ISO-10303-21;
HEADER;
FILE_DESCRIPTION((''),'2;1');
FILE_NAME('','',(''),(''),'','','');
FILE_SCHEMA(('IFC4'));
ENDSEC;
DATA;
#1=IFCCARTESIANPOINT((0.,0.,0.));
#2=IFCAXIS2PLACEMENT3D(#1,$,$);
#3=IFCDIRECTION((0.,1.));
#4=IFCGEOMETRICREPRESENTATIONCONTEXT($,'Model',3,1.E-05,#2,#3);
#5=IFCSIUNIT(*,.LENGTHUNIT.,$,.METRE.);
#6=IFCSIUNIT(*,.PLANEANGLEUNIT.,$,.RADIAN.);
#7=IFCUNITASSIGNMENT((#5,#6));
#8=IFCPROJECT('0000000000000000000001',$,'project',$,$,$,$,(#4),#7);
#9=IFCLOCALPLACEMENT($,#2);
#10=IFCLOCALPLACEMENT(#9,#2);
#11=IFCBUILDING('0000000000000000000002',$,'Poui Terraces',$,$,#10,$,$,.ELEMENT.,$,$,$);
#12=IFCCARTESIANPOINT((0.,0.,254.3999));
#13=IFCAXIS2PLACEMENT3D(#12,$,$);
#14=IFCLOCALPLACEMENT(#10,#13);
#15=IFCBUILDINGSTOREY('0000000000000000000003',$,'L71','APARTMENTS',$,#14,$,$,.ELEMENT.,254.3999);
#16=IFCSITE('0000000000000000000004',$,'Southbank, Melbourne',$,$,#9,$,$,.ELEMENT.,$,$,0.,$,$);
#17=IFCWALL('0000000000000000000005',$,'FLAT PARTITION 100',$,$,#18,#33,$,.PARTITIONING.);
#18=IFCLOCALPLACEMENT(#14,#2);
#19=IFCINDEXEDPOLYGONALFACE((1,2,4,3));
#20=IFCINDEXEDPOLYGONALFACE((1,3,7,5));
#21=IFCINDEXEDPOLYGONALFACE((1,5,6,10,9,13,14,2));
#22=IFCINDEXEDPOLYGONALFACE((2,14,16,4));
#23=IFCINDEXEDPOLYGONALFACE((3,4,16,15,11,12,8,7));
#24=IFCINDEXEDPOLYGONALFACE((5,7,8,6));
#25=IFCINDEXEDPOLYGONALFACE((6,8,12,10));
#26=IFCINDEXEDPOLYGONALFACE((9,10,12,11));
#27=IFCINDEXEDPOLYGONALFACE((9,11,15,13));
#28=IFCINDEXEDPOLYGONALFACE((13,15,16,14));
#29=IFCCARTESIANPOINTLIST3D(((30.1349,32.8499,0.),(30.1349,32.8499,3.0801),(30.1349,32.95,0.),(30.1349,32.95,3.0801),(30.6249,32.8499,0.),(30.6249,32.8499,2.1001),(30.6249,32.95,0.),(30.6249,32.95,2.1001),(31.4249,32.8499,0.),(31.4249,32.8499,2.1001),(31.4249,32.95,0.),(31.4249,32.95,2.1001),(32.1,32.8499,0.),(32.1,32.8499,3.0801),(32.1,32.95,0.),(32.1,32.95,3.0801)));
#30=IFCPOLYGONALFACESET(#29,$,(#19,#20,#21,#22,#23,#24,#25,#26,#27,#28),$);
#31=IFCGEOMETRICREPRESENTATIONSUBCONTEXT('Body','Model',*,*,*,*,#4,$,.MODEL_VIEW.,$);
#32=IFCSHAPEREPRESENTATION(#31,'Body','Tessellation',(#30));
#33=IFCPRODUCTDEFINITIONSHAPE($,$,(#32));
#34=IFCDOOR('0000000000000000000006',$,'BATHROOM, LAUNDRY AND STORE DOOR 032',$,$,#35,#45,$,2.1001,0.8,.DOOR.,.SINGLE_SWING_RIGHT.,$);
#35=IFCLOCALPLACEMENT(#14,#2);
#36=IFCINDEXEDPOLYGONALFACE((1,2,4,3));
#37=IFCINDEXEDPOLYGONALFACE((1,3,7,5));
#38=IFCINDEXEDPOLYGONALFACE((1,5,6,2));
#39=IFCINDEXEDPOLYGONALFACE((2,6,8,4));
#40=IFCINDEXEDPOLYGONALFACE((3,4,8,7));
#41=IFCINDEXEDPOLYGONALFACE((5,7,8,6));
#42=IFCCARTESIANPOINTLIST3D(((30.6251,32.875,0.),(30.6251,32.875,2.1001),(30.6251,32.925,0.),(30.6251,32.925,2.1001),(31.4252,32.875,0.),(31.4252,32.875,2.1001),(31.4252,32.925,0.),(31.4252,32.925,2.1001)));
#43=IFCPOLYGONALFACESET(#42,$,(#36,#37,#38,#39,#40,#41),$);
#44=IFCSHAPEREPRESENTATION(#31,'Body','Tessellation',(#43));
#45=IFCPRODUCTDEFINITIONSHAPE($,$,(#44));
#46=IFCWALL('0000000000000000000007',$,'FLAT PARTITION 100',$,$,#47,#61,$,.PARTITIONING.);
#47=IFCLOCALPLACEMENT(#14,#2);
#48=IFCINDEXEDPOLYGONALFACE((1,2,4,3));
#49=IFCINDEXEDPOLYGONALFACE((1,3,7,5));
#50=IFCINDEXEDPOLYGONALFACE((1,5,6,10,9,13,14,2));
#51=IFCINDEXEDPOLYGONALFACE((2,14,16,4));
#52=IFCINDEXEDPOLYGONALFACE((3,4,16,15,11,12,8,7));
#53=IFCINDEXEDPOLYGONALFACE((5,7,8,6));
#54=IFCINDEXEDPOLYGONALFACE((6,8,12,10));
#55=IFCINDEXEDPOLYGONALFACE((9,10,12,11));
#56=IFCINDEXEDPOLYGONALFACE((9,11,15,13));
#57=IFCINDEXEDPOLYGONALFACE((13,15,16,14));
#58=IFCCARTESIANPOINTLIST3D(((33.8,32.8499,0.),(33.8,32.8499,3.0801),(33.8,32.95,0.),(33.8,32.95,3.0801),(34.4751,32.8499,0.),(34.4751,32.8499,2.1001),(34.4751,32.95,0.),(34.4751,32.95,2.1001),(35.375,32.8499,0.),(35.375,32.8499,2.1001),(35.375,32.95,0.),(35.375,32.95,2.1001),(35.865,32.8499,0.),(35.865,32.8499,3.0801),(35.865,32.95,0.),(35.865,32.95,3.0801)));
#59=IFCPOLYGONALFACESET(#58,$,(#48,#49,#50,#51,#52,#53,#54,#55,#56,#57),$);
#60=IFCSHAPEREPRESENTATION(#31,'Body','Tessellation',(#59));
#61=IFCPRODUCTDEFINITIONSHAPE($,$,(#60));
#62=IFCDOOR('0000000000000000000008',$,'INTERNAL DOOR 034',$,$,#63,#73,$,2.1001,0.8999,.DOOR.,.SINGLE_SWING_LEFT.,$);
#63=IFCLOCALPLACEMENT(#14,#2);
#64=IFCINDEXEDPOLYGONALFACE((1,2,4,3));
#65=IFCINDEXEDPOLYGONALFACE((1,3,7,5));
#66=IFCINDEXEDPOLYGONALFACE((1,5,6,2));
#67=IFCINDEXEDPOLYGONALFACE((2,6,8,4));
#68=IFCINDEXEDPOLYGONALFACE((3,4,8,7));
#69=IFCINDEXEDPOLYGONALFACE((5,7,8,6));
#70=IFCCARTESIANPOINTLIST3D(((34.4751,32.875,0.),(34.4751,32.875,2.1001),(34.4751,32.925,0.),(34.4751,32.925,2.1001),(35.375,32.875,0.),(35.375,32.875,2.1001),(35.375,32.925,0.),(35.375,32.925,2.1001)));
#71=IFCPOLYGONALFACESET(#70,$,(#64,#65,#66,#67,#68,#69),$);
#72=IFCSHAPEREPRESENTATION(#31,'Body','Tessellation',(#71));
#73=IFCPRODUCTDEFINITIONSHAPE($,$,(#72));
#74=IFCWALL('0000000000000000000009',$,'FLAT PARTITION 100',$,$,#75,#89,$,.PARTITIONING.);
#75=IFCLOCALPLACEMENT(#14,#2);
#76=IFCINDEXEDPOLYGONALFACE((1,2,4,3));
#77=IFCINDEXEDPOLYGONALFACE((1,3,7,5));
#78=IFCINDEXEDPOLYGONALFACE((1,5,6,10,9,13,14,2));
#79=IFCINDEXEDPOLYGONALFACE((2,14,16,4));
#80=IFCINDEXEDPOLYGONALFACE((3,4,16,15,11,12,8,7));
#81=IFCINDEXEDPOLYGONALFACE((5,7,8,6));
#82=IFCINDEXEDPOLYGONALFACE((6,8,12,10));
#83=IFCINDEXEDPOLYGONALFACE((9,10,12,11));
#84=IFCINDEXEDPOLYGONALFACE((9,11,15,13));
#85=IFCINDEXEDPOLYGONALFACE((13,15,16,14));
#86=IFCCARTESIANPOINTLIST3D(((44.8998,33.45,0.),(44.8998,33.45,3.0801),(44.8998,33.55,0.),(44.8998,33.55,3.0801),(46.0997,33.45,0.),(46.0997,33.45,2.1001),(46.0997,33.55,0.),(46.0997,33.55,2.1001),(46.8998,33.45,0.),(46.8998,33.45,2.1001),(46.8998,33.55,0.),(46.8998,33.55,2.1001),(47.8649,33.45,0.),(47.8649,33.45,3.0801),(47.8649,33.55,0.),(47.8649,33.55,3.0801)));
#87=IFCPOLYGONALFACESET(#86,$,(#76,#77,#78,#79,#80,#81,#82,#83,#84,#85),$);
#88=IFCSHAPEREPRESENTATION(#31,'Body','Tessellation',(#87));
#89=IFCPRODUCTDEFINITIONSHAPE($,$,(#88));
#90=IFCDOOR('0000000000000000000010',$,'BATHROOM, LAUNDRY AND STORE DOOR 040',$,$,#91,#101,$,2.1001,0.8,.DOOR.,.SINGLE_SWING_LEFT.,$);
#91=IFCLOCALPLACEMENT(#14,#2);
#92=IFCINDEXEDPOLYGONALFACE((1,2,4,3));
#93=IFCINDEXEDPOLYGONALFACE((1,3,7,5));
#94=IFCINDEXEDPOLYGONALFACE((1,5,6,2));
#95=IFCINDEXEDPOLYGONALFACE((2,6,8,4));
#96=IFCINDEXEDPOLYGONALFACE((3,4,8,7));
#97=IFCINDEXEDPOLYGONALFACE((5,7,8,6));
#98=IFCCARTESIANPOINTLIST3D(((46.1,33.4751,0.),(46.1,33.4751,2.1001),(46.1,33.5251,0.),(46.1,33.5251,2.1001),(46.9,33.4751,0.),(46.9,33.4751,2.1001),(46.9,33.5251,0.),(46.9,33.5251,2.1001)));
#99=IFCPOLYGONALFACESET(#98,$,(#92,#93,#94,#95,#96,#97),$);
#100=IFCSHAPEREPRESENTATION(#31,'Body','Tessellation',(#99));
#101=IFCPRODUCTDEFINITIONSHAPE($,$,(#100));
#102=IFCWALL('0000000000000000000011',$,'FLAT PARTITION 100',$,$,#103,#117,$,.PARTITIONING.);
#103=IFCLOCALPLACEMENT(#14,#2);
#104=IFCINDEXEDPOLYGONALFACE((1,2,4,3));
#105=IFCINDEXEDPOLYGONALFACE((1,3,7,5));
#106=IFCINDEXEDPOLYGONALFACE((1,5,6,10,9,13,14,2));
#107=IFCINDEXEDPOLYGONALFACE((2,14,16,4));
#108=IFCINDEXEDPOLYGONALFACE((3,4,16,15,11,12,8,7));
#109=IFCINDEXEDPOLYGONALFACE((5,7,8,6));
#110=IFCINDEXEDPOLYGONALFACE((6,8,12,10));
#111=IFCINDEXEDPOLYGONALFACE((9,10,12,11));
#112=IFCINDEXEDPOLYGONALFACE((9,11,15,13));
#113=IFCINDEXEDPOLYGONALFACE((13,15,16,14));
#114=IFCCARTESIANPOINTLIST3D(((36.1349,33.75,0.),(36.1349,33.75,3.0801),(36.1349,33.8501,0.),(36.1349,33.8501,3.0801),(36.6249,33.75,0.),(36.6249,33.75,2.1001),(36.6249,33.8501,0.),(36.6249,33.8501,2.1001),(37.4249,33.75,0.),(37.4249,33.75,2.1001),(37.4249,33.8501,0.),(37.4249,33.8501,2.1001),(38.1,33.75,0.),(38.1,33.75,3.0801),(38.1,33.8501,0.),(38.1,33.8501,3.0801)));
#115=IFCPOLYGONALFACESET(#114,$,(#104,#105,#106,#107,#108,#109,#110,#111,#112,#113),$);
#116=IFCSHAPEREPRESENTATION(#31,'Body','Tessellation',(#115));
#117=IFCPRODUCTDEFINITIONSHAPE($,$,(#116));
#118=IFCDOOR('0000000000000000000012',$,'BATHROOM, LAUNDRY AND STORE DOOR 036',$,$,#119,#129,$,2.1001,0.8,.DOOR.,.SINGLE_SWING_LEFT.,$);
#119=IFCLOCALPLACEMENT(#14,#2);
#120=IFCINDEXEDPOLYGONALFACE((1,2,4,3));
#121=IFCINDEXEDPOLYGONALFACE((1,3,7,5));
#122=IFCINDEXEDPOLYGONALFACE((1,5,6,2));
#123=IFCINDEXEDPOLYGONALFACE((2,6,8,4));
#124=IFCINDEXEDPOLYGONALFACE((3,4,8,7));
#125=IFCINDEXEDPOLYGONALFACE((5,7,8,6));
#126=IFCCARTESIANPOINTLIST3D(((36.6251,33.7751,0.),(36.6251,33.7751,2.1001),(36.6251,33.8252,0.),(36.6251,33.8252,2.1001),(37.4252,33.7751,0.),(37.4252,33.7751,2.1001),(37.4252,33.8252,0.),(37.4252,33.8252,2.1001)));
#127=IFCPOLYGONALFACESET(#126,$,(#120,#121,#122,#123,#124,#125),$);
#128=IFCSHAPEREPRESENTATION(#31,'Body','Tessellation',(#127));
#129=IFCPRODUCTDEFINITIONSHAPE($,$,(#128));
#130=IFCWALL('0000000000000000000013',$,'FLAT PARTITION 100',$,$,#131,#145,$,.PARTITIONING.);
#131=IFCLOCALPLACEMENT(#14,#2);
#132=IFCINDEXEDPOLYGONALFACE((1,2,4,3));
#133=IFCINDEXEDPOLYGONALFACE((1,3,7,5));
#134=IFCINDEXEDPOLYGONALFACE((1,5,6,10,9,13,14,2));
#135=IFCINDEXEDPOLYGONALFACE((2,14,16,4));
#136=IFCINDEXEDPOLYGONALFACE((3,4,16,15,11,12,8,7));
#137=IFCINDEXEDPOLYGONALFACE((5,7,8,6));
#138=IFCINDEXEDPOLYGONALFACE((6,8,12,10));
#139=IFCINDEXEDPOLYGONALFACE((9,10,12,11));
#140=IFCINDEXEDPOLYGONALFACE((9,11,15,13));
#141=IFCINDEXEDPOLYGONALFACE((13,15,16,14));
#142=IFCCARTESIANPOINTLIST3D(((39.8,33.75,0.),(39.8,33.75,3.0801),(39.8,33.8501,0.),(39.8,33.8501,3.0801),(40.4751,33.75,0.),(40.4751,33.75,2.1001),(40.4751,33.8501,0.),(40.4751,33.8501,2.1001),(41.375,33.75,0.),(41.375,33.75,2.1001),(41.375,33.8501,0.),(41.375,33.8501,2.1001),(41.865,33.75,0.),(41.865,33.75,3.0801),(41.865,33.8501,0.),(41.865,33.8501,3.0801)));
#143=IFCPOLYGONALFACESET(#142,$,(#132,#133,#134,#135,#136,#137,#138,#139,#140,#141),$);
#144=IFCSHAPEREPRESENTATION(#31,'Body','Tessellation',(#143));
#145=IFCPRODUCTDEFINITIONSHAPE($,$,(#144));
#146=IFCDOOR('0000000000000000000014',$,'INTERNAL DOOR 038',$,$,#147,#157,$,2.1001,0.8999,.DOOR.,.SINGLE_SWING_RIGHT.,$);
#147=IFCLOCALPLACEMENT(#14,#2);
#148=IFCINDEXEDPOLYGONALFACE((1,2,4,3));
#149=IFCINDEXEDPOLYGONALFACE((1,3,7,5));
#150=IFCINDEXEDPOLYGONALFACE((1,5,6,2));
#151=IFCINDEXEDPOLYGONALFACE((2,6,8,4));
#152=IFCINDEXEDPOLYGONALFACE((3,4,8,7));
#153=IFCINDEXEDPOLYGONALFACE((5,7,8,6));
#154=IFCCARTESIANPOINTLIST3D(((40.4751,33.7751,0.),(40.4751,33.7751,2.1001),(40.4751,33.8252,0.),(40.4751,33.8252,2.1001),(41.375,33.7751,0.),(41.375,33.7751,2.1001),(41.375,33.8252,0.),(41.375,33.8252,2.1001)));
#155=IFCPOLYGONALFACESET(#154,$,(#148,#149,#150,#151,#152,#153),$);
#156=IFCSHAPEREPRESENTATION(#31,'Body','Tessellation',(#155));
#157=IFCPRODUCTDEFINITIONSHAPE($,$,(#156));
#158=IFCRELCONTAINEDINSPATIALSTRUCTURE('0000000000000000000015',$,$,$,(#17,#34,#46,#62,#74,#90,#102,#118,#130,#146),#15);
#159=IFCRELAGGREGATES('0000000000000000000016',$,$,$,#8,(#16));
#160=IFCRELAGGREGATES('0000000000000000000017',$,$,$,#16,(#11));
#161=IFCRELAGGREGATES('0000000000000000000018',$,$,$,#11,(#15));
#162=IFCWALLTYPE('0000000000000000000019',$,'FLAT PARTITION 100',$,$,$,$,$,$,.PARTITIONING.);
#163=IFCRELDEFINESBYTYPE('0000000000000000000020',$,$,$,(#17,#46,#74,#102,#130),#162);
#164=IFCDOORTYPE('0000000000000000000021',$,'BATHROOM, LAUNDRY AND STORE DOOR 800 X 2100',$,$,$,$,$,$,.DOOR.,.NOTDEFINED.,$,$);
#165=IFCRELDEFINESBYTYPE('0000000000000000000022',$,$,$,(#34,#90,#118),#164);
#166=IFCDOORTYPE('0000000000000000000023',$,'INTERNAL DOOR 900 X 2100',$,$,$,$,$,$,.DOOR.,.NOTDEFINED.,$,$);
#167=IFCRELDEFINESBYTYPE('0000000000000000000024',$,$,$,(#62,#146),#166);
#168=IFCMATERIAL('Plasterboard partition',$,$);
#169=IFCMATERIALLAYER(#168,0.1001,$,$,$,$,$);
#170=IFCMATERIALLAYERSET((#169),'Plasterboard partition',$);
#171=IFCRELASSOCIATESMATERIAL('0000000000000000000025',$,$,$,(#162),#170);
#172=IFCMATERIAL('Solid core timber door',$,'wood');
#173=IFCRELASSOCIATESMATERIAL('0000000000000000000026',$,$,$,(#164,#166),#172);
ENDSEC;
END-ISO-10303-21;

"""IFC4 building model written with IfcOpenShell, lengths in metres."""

from ifc_helpers import new_model, si_unit, direction, frame, frame_2d, origin, place, context, subcontext, project, spatial, rectangle, extrude, material, layer, layer_set, type_object, element, fill, save


model = new_model("IFC4")

# Units and contexts
model_context = context("Model", 3, precision=1e-05, world=origin(), true_north=direction((0.0, 1.0)))
body_context = subcontext(model_context, "Body", "Model", "MODEL_VIEW")
ifc_project = project(units=[si_unit("LENGTHUNIT", "METRE"), si_unit("PLANEANGLEUNIT", "RADIAN")], contexts=[model_context])

# Site, building, storey
site_placement = place(None, origin())
site = spatial("IfcSite", under=ifc_project, at=site_placement, Name="Southbank, Melbourne", CompositionType="ELEMENT", RefElevation=0.0)
building_placement = place(site_placement, origin())
building = spatial("IfcBuilding", under=site, at=building_placement, Name="Poui Terraces", CompositionType="ELEMENT")
storey_placement = place(building_placement, frame((0.0, 0.0, 254.3999)))
storey = spatial("IfcBuildingStorey", under=building, at=storey_placement, Name="L71", Description="APARTMENTS", CompositionType="ELEMENT", Elevation=254.3999)

# Walls, openings, doors
ifc_material_1 = material(Name="Plasterboard partition")
ifc_layer_1 = layer(ifc_material_1, 0.1001)
ifc_layer_set_1 = layer_set([ifc_layer_1], Name="Plasterboard partition")
wall_type_1 = type_object("IfcWallType", Name="FLAT PARTITION 100", PredefinedType="PARTITIONING", material=ifc_layer_set_1)
wall_1_placement = place(storey_placement, frame((30.135, 32.8999, 0.0), z_axis=(0.0, 0.0, 1.0), x_axis=(1.0, 0.0, 0.0)))
wall_1 = element("IfcWall", 1, at=wall_1_placement, inside=storey, type_object=wall_type_1, Name="FLAT PARTITION 100", PredefinedType="PARTITIONING", context=body_context, shape_type="SweptSolid", body=[
    extrude(rectangle(XDim=1.9651, YDim=0.1001, at=frame_2d((0.9824, 0.0))), origin(), (0.0, 0.0, 1.0), 3.0801),
])
opening_1_placement = place(wall_1_placement, frame((0.49, 0.0, 0.0)))
opening_1 = element("IfcOpeningElement", 2, at=opening_1_placement, cuts=wall_1, PredefinedType="OPENING", context=body_context, shape_type="SweptSolid", body=[
    extrude(rectangle(XDim=0.8, YDim=2.1001, at=frame_2d((0.3999, 1.05))), frame((0.0, 0.0601, 0.0), z_axis=(0.0, -1.0, 0.0), x_axis=(1.0, 0.0, 0.0)), (0.0, 0.0, 1.0), 0.1201),
])
ifc_material_2 = material(Name="Solid core timber door", Category="wood")
door_type_1 = type_object("IfcDoorType", Name="BATHROOM, LAUNDRY AND STORE DOOR 800 X 2100", OperationType="NOTDEFINED", PredefinedType="DOOR", material=ifc_material_2)
door_1_placement = place(opening_1_placement, frame((0.8, 0.0, 0.0), z_axis=(0.0, 0.0, 1.0), x_axis=(-1.0, 0.0, 0.0)))
door_1 = element("IfcDoor", 3, at=door_1_placement, inside=storey, type_object=door_type_1, Name="BATHROOM, LAUNDRY AND STORE DOOR 032", OperationType="SINGLE_SWING_RIGHT", OverallHeight=2.1001, OverallWidth=0.8, PredefinedType="DOOR", context=body_context, shape_type="SweptSolid", body=[
    extrude(rectangle(XDim=0.8, YDim=2.1001, at=frame_2d((0.3999, 1.05))), frame((0.0, 0.0249, 0.0), z_axis=(0.0, -1.0, 0.0), x_axis=(1.0, 0.0, 0.0)), (0.0, 0.0, 1.0), 0.05),
])
fill(opening_1, door_1)
wall_2_placement = place(storey_placement, frame((33.8, 32.8999, 0.0), z_axis=(0.0, 0.0, 1.0), x_axis=(1.0, 0.0, 0.0)))
wall_2 = element("IfcWall", 4, at=wall_2_placement, inside=storey, type_object=wall_type_1, Name="FLAT PARTITION 100", PredefinedType="PARTITIONING", context=body_context, shape_type="SweptSolid", body=[
    extrude(rectangle(XDim=2.0649, YDim=0.1001, at=frame_2d((1.0325, 0.0))), origin(), (0.0, 0.0, 1.0), 3.0801),
])
opening_2_placement = place(wall_2_placement, frame((0.675, 0.0, 0.0)))
opening_2 = element("IfcOpeningElement", 5, at=opening_2_placement, cuts=wall_2, PredefinedType="OPENING", context=body_context, shape_type="SweptSolid", body=[
    extrude(rectangle(XDim=0.8999, YDim=2.1001, at=frame_2d((0.45, 1.05))), frame((0.0, 0.0601, 0.0), z_axis=(0.0, -1.0, 0.0), x_axis=(1.0, 0.0, 0.0)), (0.0, 0.0, 1.0), 0.1201),
])
door_type_2 = type_object("IfcDoorType", Name="INTERNAL DOOR 900 X 2100", OperationType="NOTDEFINED", PredefinedType="DOOR", material=ifc_material_2)
door_2_placement = place(opening_2_placement, frame((0.8999, 0.0, 0.0), z_axis=(0.0, 0.0, 1.0), x_axis=(-1.0, 0.0, 0.0)))
door_2 = element("IfcDoor", 6, at=door_2_placement, inside=storey, type_object=door_type_2, Name="INTERNAL DOOR 034", OperationType="SINGLE_SWING_LEFT", OverallHeight=2.1001, OverallWidth=0.8999, PredefinedType="DOOR", context=body_context, shape_type="SweptSolid", body=[
    extrude(rectangle(XDim=0.8999, YDim=2.1001, at=frame_2d((0.45, 1.05))), frame((0.0, 0.0249, 0.0), z_axis=(0.0, -1.0, 0.0), x_axis=(1.0, 0.0, 0.0)), (0.0, 0.0, 1.0), 0.05),
])
fill(opening_2, door_2)
wall_3_placement = place(storey_placement, frame((44.8999, 33.5, 0.0), z_axis=(0.0, 0.0, 1.0), x_axis=(1.0, 0.0, 0.0)))
wall_3 = element("IfcWall", 7, at=wall_3_placement, inside=storey, type_object=wall_type_1, Name="FLAT PARTITION 100", PredefinedType="PARTITIONING", context=body_context, shape_type="SweptSolid", body=[
    extrude(rectangle(XDim=2.9651, YDim=0.1001, at=frame_2d((1.4824, 0.0))), origin(), (0.0, 0.0, 1.0), 3.0801),
])
opening_3_placement = place(wall_3_placement, frame((1.2, 0.0, 0.0)))
opening_3 = element("IfcOpeningElement", 8, at=opening_3_placement, cuts=wall_3, PredefinedType="OPENING", context=body_context, shape_type="SweptSolid", body=[
    extrude(rectangle(XDim=0.8, YDim=2.1001, at=frame_2d((0.3999, 1.05))), frame((0.0, 0.0601, 0.0), z_axis=(0.0, -1.0, 0.0), x_axis=(1.0, 0.0, 0.0)), (0.0, 0.0, 1.0), 0.1201),
])
door_3_placement = place(opening_3_placement, frame((0.8, 0.0, 0.0), z_axis=(0.0, 0.0, 1.0), x_axis=(-1.0, 0.0, 0.0)))
door_3 = element("IfcDoor", 9, at=door_3_placement, inside=storey, type_object=door_type_1, Name="BATHROOM, LAUNDRY AND STORE DOOR 040", OperationType="SINGLE_SWING_LEFT", OverallHeight=2.1001, OverallWidth=0.8, PredefinedType="DOOR", context=body_context, shape_type="SweptSolid", body=[
    extrude(rectangle(XDim=0.8, YDim=2.1001, at=frame_2d((0.3999, 1.05))), frame((0.0, 0.0249, 0.0), z_axis=(0.0, -1.0, 0.0), x_axis=(1.0, 0.0, 0.0)), (0.0, 0.0, 1.0), 0.05),
])
fill(opening_3, door_3)
wall_4_placement = place(storey_placement, frame((36.135, 33.8, 0.0), z_axis=(0.0, 0.0, 1.0), x_axis=(1.0, 0.0, 0.0)))
wall_4 = element("IfcWall", 10, at=wall_4_placement, inside=storey, type_object=wall_type_1, Name="FLAT PARTITION 100", PredefinedType="PARTITIONING", context=body_context, shape_type="SweptSolid", body=[
    extrude(rectangle(XDim=1.9651, YDim=0.1001, at=frame_2d((0.9824, 0.0))), origin(), (0.0, 0.0, 1.0), 3.0801),
])
opening_4_placement = place(wall_4_placement, frame((0.49, 0.0, 0.0)))
opening_4 = element("IfcOpeningElement", 11, at=opening_4_placement, cuts=wall_4, PredefinedType="OPENING", context=body_context, shape_type="SweptSolid", body=[
    extrude(rectangle(XDim=0.8, YDim=2.1001, at=frame_2d((0.3999, 1.05))), frame((0.0, 0.0601, 0.0), z_axis=(0.0, -1.0, 0.0), x_axis=(1.0, 0.0, 0.0)), (0.0, 0.0, 1.0), 0.1201),
])
door_4_placement = place(opening_4_placement, frame((0.8, 0.0, 0.0), z_axis=(0.0, 0.0, 1.0), x_axis=(-1.0, 0.0, 0.0)))
door_4 = element("IfcDoor", 12, at=door_4_placement, inside=storey, type_object=door_type_1, Name="BATHROOM, LAUNDRY AND STORE DOOR 036", OperationType="SINGLE_SWING_LEFT", OverallHeight=2.1001, OverallWidth=0.8, PredefinedType="DOOR", context=body_context, shape_type="SweptSolid", body=[
    extrude(rectangle(XDim=0.8, YDim=2.1001, at=frame_2d((0.3999, 1.05))), frame((0.0, 0.0249, 0.0), z_axis=(0.0, -1.0, 0.0), x_axis=(1.0, 0.0, 0.0)), (0.0, 0.0, 1.0), 0.05),
])
fill(opening_4, door_4)
wall_5_placement = place(storey_placement, frame((39.8, 33.8, 0.0), z_axis=(0.0, 0.0, 1.0), x_axis=(1.0, 0.0, 0.0)))
wall_5 = element("IfcWall", 13, at=wall_5_placement, inside=storey, type_object=wall_type_1, Name="FLAT PARTITION 100", PredefinedType="PARTITIONING", context=body_context, shape_type="SweptSolid", body=[
    extrude(rectangle(XDim=2.0649, YDim=0.1001, at=frame_2d((1.0325, 0.0))), origin(), (0.0, 0.0, 1.0), 3.0801),
])
opening_5_placement = place(wall_5_placement, frame((0.675, 0.0, 0.0)))
opening_5 = element("IfcOpeningElement", 14, at=opening_5_placement, cuts=wall_5, PredefinedType="OPENING", context=body_context, shape_type="SweptSolid", body=[
    extrude(rectangle(XDim=0.8999, YDim=2.1001, at=frame_2d((0.45, 1.05))), frame((0.0, 0.0601, 0.0), z_axis=(0.0, -1.0, 0.0), x_axis=(1.0, 0.0, 0.0)), (0.0, 0.0, 1.0), 0.1201),
])
door_5_placement = place(opening_5_placement, frame((0.8999, 0.0, 0.0), z_axis=(0.0, 0.0, 1.0), x_axis=(-1.0, 0.0, 0.0)))
door_5 = element("IfcDoor", 15, at=door_5_placement, inside=storey, type_object=door_type_2, Name="INTERNAL DOOR 038", OperationType="SINGLE_SWING_RIGHT", OverallHeight=2.1001, OverallWidth=0.8999, PredefinedType="DOOR", context=body_context, shape_type="SweptSolid", body=[
    extrude(rectangle(XDim=0.8999, YDim=2.1001, at=frame_2d((0.45, 1.05))), frame((0.0, 0.0249, 0.0), z_axis=(0.0, -1.0, 0.0), x_axis=(1.0, 0.0, 0.0)), (0.0, 0.0, 1.0), 0.05),
])
fill(opening_5, door_5)

save(model, "model.ifc")
